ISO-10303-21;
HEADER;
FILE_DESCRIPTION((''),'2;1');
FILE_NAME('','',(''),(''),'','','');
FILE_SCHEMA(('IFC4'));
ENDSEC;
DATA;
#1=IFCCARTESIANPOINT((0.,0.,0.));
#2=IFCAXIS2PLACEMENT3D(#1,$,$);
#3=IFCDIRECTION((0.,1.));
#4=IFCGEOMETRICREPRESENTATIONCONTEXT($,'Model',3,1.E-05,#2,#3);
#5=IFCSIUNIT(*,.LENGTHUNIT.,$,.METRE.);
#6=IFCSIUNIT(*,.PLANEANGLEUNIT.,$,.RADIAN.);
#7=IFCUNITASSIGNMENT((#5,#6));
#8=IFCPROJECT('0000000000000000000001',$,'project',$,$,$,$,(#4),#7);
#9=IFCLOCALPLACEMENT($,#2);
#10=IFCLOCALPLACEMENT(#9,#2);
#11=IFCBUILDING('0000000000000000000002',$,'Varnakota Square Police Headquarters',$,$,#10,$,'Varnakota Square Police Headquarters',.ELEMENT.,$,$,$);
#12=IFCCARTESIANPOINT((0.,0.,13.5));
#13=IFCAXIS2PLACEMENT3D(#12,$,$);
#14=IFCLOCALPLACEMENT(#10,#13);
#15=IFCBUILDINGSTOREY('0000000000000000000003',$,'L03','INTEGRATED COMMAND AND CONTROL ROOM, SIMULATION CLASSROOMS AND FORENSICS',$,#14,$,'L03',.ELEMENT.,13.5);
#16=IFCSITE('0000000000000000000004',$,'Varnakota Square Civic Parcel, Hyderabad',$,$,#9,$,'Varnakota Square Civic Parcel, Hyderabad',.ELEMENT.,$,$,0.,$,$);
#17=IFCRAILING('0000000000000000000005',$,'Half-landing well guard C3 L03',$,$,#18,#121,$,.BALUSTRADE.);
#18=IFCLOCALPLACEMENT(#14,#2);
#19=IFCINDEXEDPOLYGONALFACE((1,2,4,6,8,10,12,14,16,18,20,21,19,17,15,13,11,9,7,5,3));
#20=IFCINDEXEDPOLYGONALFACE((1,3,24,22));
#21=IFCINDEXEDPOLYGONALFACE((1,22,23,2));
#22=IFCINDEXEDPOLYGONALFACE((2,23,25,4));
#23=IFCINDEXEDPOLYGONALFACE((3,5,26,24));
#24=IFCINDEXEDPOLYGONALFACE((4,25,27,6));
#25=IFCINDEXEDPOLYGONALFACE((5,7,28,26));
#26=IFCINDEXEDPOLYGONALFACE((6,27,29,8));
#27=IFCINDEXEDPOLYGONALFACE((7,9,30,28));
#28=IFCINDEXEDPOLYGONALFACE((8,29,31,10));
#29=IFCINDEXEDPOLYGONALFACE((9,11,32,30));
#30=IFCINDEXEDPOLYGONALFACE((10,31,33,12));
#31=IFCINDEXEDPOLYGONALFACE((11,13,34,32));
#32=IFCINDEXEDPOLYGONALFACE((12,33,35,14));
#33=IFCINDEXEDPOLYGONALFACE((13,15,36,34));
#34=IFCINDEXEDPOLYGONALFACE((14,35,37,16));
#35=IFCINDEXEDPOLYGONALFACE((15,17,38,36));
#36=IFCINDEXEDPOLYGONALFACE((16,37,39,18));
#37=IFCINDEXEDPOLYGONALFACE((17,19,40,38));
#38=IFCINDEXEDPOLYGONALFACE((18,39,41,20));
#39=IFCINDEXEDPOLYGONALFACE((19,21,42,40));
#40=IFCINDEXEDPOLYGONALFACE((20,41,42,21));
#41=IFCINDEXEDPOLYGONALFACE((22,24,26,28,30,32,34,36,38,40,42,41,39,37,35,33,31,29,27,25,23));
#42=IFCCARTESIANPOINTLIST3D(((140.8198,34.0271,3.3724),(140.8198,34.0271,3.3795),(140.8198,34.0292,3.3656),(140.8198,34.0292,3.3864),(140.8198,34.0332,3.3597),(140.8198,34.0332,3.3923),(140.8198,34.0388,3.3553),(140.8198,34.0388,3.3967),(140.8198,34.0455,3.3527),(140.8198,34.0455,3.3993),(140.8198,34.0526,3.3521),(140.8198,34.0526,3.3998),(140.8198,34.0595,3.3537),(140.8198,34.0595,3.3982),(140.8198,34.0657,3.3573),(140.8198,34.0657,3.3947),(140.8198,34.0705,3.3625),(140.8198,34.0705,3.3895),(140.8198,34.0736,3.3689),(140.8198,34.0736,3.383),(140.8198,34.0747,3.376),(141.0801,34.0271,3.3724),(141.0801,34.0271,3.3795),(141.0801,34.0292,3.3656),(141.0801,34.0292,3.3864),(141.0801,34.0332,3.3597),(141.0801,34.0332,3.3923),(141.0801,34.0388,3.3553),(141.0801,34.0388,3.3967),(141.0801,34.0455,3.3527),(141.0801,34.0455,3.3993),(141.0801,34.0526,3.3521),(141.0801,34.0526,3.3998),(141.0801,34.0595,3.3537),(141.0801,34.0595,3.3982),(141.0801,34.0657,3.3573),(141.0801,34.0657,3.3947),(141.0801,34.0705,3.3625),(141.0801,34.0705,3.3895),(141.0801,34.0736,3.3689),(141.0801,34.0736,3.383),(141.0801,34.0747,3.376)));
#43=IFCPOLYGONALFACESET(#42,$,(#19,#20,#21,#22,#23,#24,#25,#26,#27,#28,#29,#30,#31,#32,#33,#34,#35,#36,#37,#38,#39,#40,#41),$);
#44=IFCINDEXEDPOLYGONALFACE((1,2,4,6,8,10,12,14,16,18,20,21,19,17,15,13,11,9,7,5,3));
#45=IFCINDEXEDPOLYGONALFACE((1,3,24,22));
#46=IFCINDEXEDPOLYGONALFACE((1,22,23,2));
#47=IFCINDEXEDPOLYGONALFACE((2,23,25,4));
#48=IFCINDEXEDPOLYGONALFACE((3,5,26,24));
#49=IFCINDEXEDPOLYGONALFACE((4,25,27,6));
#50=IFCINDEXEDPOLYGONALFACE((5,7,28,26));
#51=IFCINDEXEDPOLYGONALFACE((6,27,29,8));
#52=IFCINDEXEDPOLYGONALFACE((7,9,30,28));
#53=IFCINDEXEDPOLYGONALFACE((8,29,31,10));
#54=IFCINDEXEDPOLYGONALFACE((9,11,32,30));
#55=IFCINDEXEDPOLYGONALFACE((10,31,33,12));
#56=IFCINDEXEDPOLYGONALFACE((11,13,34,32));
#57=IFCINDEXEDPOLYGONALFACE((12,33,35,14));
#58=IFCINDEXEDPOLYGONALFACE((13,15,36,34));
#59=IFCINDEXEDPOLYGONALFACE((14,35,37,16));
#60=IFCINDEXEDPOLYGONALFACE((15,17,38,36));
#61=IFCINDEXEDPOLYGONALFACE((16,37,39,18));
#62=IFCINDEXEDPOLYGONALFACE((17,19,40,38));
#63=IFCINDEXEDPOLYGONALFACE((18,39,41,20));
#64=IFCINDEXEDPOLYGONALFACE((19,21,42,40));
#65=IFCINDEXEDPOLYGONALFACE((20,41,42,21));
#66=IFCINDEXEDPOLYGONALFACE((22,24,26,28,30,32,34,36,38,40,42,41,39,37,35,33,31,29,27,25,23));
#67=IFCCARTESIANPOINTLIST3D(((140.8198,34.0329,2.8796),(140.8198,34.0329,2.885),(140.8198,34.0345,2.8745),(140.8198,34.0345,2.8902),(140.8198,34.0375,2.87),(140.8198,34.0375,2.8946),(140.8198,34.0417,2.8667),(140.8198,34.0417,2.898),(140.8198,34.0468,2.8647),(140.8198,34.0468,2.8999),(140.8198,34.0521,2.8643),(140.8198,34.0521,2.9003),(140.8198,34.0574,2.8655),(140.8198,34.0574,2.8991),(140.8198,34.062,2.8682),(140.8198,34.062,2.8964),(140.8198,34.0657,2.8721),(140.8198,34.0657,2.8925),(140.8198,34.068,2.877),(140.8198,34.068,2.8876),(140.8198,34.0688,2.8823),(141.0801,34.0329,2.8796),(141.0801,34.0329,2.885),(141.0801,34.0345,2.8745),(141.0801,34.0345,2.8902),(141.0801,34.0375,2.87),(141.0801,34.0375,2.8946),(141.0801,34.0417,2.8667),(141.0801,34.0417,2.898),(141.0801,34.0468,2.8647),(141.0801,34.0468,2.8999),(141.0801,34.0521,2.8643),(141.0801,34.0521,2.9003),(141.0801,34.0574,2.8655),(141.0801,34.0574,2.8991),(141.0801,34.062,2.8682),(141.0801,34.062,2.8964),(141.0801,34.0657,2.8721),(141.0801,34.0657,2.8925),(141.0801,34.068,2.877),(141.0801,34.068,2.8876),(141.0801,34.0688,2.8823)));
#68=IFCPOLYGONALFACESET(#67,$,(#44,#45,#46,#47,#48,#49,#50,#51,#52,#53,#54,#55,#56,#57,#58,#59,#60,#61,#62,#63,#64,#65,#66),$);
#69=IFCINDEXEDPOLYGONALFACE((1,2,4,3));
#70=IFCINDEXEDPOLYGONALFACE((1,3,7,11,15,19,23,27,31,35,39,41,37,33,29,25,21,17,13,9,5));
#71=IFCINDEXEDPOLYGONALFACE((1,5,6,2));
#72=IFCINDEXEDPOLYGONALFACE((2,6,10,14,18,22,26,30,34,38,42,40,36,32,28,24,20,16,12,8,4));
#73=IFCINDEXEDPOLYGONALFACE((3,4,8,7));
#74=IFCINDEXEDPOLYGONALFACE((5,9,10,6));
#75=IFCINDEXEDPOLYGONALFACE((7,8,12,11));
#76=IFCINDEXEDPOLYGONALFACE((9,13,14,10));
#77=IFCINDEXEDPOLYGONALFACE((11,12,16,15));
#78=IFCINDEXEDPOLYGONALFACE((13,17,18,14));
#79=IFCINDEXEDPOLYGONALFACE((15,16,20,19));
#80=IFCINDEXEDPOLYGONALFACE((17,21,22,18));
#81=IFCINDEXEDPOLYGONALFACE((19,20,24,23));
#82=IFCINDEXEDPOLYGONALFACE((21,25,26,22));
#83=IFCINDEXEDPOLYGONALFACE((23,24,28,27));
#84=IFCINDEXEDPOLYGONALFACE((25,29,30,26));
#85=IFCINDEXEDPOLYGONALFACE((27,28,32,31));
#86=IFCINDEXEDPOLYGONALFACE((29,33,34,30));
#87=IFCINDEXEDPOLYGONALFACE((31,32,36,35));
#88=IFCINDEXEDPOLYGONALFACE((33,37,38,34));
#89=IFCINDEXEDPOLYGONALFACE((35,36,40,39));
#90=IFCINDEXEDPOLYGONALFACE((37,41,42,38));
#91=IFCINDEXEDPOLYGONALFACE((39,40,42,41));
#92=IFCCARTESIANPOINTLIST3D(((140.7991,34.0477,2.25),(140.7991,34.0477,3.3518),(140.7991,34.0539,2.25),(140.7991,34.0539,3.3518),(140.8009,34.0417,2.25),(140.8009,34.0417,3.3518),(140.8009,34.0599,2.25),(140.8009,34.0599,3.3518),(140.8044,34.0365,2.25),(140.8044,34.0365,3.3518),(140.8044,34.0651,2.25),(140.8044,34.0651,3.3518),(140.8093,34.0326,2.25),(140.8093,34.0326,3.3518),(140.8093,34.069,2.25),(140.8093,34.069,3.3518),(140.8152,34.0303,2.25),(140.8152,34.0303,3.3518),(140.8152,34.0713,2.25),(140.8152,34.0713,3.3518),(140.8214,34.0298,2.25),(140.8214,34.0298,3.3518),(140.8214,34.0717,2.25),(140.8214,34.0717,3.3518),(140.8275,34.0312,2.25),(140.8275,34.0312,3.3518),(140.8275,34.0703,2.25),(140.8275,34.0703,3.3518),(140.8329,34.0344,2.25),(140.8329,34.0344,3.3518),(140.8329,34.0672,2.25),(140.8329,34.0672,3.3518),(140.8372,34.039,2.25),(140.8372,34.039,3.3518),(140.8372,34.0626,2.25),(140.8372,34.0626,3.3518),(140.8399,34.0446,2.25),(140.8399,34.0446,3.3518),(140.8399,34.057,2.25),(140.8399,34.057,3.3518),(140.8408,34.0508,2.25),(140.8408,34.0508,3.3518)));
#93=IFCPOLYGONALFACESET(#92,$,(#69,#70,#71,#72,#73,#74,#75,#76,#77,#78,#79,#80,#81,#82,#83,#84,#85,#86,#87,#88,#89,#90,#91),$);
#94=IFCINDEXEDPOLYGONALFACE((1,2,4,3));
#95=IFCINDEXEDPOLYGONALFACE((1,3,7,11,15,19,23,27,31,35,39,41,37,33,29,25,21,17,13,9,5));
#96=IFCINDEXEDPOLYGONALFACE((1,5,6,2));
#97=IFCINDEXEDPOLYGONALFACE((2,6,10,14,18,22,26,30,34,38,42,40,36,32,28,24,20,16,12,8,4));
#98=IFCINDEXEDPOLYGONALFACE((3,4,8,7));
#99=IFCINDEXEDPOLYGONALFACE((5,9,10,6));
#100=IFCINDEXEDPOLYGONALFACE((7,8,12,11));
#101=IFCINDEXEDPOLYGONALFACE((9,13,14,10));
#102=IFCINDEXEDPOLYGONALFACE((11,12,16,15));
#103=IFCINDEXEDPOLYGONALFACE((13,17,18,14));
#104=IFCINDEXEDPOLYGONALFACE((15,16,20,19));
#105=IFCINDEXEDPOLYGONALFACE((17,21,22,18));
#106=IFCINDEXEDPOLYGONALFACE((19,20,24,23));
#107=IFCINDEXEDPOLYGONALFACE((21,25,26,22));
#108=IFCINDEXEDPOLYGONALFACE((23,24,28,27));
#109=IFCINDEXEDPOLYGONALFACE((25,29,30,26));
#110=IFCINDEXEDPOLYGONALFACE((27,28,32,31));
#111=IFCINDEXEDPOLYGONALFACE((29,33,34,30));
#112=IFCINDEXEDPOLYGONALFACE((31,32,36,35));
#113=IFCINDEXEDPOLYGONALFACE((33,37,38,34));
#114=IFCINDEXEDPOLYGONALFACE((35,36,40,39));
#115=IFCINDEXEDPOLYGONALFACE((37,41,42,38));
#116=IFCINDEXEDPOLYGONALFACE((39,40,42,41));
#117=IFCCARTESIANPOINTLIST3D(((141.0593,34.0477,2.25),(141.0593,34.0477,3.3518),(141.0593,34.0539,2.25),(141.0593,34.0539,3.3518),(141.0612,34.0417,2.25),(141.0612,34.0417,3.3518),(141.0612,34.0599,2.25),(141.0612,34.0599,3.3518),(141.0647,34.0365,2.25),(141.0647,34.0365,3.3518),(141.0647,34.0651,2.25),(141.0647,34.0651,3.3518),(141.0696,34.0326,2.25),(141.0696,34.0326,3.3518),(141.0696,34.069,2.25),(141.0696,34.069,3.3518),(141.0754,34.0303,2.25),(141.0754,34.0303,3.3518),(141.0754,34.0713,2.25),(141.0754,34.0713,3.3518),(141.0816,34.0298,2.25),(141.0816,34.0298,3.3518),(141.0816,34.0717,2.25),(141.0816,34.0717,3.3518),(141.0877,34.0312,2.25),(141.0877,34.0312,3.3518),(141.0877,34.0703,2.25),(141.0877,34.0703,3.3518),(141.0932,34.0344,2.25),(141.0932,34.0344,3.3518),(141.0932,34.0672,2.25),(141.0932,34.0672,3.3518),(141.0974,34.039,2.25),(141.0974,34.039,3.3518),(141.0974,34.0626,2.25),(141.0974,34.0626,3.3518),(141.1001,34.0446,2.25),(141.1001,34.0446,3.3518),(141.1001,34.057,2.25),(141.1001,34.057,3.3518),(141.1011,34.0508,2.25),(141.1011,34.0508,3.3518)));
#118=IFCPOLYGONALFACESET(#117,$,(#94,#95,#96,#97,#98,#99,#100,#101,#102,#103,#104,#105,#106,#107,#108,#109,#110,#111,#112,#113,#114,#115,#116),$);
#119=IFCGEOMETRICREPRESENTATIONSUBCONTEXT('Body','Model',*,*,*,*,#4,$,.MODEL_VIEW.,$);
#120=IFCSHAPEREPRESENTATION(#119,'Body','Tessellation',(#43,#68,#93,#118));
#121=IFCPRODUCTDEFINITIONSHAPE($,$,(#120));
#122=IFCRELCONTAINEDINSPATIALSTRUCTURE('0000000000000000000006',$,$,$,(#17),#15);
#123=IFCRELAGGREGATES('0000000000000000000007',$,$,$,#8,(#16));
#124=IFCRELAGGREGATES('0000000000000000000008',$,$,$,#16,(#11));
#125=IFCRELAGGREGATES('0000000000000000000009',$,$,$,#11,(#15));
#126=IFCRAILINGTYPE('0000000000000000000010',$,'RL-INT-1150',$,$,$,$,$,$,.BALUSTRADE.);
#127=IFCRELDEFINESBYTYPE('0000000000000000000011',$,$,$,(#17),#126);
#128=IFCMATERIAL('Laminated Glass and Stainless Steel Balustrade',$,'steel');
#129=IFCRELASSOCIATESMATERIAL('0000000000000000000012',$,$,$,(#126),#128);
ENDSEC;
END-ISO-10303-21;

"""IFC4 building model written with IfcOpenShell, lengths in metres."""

from ifc_helpers import new_model, si_unit, direction, frame, origin, origin_2d, place, context, subcontext, project, spatial, circle, extrude, material, type_object, element, save


model = new_model("IFC4")

# Units and contexts
model_context = context("Model", 3, precision=1e-05, world=origin(), true_north=direction((0.0, 1.0)))
body_context = subcontext(model_context, "Body", "Model", "MODEL_VIEW")
ifc_project = project(units=[si_unit("LENGTHUNIT", "METRE"), si_unit("PLANEANGLEUNIT", "RADIAN")], contexts=[model_context])

# Site, building, storey
site_placement = place(None, origin())
site = spatial("IfcSite", under=ifc_project, at=site_placement, Name="Varnakota Square Civic Parcel, Hyderabad", LongName="Varnakota Square Civic Parcel, Hyderabad", CompositionType="ELEMENT", RefElevation=0.0)
building_placement = place(site_placement, origin())
building = spatial("IfcBuilding", under=site, at=building_placement, Name="Varnakota Square Police Headquarters", LongName="Varnakota Square Police Headquarters", CompositionType="ELEMENT")
storey_placement = place(building_placement, frame((0.0, 0.0, 13.5)))
storey = spatial("IfcBuildingStorey", under=building, at=storey_placement, Name="L03", Description="INTEGRATED COMMAND AND CONTROL ROOM, SIMULATION CLASSROOMS AND FORENSICS", LongName="L03", CompositionType="ELEMENT", Elevation=13.5)

# Railing
ifc_material_1 = material(Name="Laminated Glass and Stainless Steel Balustrade", Category="steel")
railing_type_1 = type_object("IfcRailingType", Name="RL-INT-1150", PredefinedType="BALUSTRADE", material=ifc_material_1)
railing_1_placement = place(storey_placement, frame((140.8198, 34.0508, 2.25)))
element("IfcRailing", 1, at=railing_1_placement, inside=storey, type_object=railing_type_1, Name="Half-landing well guard C3 L03", PredefinedType="BALUSTRADE", context=body_context, shape_type="SweptSolid", body=[
    extrude(circle(Radius=0.0239, at=origin_2d()), frame((0.0, 0.0, 1.126), z_axis=(1.0, 0.0, 0.0), x_axis=(0.0, 1.0, 0.0)), (0.0, 0.0, 1.0), 0.2603),
    extrude(circle(Radius=0.0181, at=origin_2d()), frame((0.0, 0.0, 0.6323), z_axis=(1.0, 0.0, 0.0), x_axis=(0.0, 1.0, 0.0)), (0.0, 0.0, 1.0), 0.2603),
    extrude(circle(Radius=0.021, at=origin_2d()), origin(), (0.0, 0.0, 1.0), 1.1018),
    extrude(circle(Radius=0.021, at=origin_2d()), frame((0.2603, 0.0, 0.0)), (0.0, 0.0, 1.0), 1.1018),
])

save(model, "model.ifc")
